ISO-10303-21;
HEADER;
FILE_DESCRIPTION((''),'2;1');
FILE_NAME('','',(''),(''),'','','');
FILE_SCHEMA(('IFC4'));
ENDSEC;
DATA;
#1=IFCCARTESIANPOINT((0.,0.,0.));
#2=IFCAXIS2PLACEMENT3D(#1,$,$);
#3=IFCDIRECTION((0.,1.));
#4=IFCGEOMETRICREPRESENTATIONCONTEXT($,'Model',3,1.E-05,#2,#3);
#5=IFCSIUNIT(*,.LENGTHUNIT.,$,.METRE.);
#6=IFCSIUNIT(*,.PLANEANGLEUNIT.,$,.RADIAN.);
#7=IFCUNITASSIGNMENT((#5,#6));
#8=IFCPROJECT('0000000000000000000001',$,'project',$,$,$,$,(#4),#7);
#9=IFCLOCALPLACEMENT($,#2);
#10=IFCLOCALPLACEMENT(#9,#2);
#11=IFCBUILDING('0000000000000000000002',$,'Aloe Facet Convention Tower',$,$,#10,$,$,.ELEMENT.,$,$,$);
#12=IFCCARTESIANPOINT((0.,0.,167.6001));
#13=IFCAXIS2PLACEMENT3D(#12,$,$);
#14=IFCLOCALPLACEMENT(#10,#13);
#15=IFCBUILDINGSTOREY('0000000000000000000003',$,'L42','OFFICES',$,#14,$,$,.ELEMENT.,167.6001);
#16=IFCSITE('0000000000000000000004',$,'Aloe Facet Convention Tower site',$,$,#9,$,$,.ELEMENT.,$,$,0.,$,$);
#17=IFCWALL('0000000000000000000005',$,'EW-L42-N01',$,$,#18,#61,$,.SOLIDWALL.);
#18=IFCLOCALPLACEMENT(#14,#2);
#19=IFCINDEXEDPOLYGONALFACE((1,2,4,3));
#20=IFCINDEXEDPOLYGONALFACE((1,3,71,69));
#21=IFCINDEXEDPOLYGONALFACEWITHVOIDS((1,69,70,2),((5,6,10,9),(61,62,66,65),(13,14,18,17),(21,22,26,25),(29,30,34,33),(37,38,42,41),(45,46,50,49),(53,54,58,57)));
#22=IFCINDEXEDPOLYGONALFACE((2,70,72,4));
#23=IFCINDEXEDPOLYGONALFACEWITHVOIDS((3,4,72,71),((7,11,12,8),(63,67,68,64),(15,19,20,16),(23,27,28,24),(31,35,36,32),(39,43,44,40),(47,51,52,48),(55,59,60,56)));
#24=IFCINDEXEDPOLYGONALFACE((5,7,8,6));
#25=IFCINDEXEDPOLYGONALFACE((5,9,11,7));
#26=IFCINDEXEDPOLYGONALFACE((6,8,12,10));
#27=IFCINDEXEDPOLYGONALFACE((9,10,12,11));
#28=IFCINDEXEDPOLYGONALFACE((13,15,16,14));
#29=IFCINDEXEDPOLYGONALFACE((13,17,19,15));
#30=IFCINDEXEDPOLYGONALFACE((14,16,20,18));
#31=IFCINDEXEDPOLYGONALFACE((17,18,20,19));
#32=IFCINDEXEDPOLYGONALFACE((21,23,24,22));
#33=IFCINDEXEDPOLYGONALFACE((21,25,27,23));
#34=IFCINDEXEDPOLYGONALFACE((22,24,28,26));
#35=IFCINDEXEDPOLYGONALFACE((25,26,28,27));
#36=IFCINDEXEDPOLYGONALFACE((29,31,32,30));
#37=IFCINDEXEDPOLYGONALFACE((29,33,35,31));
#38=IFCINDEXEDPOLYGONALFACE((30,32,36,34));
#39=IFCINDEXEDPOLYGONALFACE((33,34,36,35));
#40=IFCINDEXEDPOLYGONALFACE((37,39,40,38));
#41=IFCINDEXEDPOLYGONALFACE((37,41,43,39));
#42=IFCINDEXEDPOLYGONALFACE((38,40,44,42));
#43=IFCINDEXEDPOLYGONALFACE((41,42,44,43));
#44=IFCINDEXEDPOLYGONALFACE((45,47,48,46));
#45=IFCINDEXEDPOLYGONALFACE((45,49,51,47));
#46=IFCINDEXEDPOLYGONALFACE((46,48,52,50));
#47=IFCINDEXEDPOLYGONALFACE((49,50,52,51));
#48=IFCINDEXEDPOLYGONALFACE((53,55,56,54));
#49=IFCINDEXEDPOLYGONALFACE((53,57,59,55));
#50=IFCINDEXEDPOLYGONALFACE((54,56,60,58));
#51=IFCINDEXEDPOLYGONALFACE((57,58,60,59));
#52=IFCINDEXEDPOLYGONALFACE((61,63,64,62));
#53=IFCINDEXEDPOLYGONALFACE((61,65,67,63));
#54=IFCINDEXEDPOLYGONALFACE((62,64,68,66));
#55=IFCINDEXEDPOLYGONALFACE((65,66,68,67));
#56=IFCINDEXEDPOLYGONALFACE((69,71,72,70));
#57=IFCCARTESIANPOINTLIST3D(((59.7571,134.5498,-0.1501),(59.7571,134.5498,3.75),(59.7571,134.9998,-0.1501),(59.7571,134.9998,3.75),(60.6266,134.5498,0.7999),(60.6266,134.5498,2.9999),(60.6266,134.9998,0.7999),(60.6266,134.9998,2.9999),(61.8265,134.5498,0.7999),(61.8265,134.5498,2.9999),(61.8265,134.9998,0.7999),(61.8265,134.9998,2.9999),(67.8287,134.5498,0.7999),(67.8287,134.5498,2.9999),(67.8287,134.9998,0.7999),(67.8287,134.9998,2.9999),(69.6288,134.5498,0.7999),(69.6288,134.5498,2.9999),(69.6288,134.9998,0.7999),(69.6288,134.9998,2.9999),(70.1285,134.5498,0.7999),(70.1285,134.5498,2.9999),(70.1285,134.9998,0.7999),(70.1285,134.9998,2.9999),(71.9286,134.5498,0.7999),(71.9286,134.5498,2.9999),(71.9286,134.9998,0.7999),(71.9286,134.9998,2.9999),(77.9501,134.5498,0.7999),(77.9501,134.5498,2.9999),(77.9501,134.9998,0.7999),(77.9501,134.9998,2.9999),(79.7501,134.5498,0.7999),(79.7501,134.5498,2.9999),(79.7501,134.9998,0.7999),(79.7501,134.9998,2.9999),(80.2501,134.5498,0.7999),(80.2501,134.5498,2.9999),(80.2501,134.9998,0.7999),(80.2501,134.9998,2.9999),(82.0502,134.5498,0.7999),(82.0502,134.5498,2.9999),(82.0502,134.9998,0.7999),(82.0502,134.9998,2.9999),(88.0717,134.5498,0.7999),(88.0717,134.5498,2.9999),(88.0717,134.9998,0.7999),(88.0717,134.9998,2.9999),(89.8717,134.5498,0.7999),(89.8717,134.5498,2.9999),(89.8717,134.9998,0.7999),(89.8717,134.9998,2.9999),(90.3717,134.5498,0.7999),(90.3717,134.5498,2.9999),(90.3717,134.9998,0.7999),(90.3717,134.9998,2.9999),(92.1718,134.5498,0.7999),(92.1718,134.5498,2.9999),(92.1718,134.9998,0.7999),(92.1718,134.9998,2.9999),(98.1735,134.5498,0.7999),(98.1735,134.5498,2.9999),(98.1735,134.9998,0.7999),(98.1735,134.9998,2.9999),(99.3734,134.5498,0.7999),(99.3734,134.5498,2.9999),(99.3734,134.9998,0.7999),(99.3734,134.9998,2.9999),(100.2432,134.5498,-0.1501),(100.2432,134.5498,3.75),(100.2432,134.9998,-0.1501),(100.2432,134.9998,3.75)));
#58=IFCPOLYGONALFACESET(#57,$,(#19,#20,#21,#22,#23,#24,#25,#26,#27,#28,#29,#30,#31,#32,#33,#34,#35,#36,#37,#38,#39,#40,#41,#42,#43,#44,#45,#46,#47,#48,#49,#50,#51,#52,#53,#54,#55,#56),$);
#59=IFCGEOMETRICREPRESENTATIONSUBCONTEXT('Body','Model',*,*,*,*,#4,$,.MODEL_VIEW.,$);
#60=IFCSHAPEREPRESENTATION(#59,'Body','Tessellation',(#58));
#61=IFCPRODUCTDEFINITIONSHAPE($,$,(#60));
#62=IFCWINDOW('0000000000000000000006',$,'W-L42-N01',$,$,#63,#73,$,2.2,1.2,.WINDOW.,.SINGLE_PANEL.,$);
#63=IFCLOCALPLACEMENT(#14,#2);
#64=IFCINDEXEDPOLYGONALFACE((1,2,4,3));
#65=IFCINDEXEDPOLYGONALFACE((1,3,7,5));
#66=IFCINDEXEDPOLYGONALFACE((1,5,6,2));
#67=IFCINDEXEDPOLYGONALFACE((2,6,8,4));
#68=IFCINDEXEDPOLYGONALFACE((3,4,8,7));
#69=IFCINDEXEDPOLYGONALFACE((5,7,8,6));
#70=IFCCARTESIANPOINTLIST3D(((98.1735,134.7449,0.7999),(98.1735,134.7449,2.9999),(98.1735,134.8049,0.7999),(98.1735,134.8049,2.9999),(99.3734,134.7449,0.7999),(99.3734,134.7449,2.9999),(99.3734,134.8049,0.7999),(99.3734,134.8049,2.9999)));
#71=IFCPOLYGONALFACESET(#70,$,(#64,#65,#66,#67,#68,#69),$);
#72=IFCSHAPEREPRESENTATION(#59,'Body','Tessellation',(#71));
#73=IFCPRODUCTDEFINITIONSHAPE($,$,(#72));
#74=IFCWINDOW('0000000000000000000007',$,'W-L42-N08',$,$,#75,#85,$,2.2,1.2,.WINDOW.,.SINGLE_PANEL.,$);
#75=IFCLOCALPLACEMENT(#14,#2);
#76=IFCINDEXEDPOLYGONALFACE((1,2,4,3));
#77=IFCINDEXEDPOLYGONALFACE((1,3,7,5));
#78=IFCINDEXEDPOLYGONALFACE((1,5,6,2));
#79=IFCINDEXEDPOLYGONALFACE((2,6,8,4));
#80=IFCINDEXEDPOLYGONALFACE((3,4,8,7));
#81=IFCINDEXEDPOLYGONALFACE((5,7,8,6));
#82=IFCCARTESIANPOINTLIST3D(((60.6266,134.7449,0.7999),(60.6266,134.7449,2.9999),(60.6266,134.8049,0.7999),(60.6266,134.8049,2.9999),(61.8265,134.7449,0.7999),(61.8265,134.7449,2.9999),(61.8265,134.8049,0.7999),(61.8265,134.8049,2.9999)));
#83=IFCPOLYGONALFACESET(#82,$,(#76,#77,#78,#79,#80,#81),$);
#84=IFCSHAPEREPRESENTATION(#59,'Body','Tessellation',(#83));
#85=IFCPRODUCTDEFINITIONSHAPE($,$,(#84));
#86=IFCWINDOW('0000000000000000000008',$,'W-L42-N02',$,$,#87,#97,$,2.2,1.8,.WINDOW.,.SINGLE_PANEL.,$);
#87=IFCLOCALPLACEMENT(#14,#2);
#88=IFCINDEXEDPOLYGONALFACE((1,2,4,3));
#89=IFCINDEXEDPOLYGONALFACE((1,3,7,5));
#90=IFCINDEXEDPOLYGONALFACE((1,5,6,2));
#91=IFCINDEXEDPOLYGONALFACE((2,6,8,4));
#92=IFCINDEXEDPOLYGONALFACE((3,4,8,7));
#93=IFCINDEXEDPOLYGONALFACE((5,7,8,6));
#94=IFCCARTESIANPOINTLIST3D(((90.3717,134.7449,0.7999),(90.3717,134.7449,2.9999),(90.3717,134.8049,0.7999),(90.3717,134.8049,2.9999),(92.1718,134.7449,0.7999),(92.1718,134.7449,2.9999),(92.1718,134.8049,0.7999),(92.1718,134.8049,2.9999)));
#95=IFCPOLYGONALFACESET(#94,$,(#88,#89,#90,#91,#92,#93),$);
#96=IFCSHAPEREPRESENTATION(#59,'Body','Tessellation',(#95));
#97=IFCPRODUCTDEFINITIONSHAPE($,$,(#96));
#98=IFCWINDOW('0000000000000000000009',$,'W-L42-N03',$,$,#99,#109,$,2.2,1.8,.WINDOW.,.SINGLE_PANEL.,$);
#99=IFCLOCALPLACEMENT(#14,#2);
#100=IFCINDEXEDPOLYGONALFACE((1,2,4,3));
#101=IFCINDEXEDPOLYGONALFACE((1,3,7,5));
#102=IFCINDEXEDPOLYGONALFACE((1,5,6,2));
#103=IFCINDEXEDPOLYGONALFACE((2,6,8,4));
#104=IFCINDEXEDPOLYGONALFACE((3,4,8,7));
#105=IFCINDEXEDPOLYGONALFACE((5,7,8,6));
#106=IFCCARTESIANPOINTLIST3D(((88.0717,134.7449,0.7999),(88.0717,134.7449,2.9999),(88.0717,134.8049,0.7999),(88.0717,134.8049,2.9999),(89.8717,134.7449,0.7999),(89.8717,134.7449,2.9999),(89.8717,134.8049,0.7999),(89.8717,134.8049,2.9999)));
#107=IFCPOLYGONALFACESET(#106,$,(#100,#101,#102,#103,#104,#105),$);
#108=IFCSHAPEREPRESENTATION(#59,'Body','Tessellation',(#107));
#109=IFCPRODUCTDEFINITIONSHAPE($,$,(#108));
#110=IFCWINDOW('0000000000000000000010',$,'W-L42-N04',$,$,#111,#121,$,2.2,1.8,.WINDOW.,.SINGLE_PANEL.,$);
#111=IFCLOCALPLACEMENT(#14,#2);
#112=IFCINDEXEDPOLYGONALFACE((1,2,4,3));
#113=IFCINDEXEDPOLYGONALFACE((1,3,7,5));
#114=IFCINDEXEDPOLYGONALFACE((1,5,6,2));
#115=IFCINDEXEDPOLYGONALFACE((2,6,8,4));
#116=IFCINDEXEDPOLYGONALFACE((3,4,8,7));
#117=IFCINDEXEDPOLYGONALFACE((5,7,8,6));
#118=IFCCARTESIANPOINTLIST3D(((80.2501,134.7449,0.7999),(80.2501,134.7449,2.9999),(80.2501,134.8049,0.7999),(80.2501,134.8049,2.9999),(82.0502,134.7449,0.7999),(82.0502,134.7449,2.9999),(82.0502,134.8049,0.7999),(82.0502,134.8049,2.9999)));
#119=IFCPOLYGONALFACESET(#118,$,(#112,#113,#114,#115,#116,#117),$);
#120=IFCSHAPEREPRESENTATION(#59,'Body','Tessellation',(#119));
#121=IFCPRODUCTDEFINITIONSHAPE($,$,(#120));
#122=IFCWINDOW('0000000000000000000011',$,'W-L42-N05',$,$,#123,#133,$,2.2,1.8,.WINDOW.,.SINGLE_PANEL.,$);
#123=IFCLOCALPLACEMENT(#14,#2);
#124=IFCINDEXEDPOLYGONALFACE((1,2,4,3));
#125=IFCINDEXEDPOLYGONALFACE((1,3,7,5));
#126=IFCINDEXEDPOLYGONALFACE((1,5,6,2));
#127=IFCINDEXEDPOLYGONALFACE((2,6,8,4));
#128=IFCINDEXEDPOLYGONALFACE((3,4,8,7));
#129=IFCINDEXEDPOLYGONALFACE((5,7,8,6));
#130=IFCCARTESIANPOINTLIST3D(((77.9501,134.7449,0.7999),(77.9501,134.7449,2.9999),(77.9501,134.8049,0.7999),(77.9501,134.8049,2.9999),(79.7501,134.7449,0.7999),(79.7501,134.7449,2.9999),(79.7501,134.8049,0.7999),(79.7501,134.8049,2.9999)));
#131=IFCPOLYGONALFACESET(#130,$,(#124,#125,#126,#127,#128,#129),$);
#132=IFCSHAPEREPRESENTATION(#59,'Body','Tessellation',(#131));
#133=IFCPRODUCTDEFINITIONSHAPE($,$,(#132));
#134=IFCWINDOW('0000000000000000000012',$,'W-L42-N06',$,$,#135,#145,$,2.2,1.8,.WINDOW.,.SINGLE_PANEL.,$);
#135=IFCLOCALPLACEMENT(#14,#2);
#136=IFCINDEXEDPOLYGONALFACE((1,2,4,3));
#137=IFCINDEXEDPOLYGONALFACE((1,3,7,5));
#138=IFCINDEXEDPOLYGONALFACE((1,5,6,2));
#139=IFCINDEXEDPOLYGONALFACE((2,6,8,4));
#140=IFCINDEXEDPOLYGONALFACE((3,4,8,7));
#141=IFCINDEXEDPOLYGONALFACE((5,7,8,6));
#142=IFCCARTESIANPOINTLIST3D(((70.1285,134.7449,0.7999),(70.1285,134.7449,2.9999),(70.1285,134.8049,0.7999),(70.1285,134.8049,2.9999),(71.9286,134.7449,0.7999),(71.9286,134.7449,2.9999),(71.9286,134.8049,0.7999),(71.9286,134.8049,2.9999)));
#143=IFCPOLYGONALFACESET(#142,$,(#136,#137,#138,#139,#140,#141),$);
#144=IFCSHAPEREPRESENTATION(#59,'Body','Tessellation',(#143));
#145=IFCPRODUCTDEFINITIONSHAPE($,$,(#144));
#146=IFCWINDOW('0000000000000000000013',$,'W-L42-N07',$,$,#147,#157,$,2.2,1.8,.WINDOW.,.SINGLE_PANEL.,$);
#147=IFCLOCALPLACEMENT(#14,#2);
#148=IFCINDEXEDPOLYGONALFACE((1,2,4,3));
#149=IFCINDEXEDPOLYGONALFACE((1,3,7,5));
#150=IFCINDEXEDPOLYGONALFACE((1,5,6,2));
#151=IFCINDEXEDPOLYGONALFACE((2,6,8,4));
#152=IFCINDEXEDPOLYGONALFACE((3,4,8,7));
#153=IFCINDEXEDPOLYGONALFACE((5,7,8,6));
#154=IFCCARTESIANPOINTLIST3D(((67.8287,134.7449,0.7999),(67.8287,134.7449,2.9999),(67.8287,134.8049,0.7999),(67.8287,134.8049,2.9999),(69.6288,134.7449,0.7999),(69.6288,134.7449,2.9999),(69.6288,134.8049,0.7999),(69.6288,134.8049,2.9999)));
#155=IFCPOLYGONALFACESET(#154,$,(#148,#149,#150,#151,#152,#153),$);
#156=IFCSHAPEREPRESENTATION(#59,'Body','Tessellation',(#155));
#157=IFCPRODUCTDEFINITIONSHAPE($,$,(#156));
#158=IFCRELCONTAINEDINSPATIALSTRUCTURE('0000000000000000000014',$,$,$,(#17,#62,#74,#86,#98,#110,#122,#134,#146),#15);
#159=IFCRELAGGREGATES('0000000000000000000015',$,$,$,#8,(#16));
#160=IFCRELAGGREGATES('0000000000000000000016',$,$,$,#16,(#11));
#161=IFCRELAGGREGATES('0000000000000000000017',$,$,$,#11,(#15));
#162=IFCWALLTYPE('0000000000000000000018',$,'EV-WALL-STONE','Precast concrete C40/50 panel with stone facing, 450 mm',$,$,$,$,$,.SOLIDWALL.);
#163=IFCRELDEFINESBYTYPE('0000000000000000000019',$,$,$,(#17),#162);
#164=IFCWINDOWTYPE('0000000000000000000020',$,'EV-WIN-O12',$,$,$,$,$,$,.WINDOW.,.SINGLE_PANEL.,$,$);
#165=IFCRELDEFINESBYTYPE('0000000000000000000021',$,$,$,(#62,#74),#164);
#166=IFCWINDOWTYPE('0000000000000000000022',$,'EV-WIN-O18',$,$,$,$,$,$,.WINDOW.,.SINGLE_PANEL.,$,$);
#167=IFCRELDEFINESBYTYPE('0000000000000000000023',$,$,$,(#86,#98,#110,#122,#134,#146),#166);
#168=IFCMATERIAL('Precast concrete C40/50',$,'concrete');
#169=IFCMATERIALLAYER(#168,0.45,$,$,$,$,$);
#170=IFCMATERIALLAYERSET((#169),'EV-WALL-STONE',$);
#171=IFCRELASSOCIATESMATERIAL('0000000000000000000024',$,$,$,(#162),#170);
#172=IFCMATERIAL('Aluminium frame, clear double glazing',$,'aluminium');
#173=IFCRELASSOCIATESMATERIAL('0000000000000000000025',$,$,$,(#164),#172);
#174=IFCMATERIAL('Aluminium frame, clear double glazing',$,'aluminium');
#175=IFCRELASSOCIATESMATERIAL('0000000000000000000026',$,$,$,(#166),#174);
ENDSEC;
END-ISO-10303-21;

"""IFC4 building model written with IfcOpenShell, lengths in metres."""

from ifc_helpers import new_model, si_unit, direction, frame, frame_2d, origin, place, context, subcontext, project, spatial, polyline, rectangle, outline, extrude, material, layer, layer_set, type_object, element, fill, save


model = new_model("IFC4")

# Units and contexts
model_context = context("Model", 3, precision=1e-05, world=origin(), true_north=direction((0.0, 1.0)))
body_context = subcontext(model_context, "Body", "Model", "MODEL_VIEW")
ifc_project = project(units=[si_unit("LENGTHUNIT", "METRE"), si_unit("PLANEANGLEUNIT", "RADIAN")], contexts=[model_context])

# Site, building, storey
site_placement = place(None, origin())
site = spatial("IfcSite", under=ifc_project, at=site_placement, Name="Aloe Facet Convention Tower site", CompositionType="ELEMENT", RefElevation=0.0)
building_placement = place(site_placement, origin())
building = spatial("IfcBuilding", under=site, at=building_placement, Name="Aloe Facet Convention Tower", CompositionType="ELEMENT")
storey_placement = place(building_placement, frame((0.0, 0.0, 167.6001)))
storey = spatial("IfcBuildingStorey", under=building, at=storey_placement, Name="L42", Description="OFFICES", CompositionType="ELEMENT", Elevation=167.6001)

# Wall, openings, windows
ifc_material_1 = material(Name="Precast concrete C40/50", Category="concrete")
ifc_layer_1 = layer(ifc_material_1, 0.45)
ifc_layer_set_1 = layer_set([ifc_layer_1], Name="EV-WALL-STONE")
wall_type_1 = type_object("IfcWallType", Name="EV-WALL-STONE", Description="Precast concrete C40/50 panel with stone facing, 450 mm", PredefinedType="SOLIDWALL", material=ifc_layer_set_1)
wall_1_placement = place(storey_placement, frame((100.2432, 134.7749, -0.1501), z_axis=(0.0, 0.0, 1.0), x_axis=(-1.0, 0.0, 0.0)))
wall_1 = element("IfcWall", 1, at=wall_1_placement, inside=storey, type_object=wall_type_1, Name="EW-L42-N01", PredefinedType="SOLIDWALL", context=body_context, shape_type="SweptSolid", body=[
    extrude(outline(polyline([(40.4861, 0.0), (40.4861, 3.9001), (0.0, 3.9001), (0.0, 0.0), (40.4861, 0.0)])), frame((0.0, 0.2251, 0.0), z_axis=(0.0, -1.0, 0.0), x_axis=(1.0, 0.0, 0.0)), (0.0, 0.0, 1.0), 0.45),
])
opening_1_placement = place(wall_1_placement, frame((0.8696, 0.0, 0.95)))
opening_1 = element("IfcOpeningElement", 2, at=opening_1_placement, cuts=wall_1, PredefinedType="OPENING", context=body_context, shape_type="SweptSolid", body=[
    extrude(rectangle(XDim=1.2, YDim=2.2, at=frame_2d((0.6001, 1.1001))), frame((0.0, 0.2349, 0.0), z_axis=(0.0, -1.0, 0.0), x_axis=(1.0, 0.0, 0.0)), (0.0, 0.0, 1.0), 0.47),
])
opening_2_placement = place(wall_1_placement, frame((8.0715, 0.0, 0.95)))
opening_2 = element("IfcOpeningElement", 3, at=opening_2_placement, cuts=wall_1, PredefinedType="OPENING", context=body_context, shape_type="SweptSolid", body=[
    extrude(rectangle(XDim=1.8, YDim=2.2, at=frame_2d((0.8999, 1.1001))), frame((0.0, 0.2349, 0.0), z_axis=(0.0, -1.0, 0.0), x_axis=(1.0, 0.0, 0.0)), (0.0, 0.0, 1.0), 0.47),
])
opening_3_placement = place(wall_1_placement, frame((10.3716, 0.0, 0.95)))
opening_3 = element("IfcOpeningElement", 4, at=opening_3_placement, cuts=wall_1, PredefinedType="OPENING", context=body_context, shape_type="SweptSolid", body=[
    extrude(rectangle(XDim=1.8, YDim=2.2, at=frame_2d((0.8999, 1.1001))), frame((0.0, 0.2349, 0.0), z_axis=(0.0, -1.0, 0.0), x_axis=(1.0, 0.0, 0.0)), (0.0, 0.0, 1.0), 0.47),
])
opening_4_placement = place(wall_1_placement, frame((18.1931, 0.0, 0.95)))
opening_4 = element("IfcOpeningElement", 5, at=opening_4_placement, cuts=wall_1, PredefinedType="OPENING", context=body_context, shape_type="SweptSolid", body=[
    extrude(rectangle(XDim=1.8, YDim=2.2, at=frame_2d((0.8999, 1.1001))), frame((0.0, 0.2349, 0.0), z_axis=(0.0, -1.0, 0.0), x_axis=(1.0, 0.0, 0.0)), (0.0, 0.0, 1.0), 0.47),
])
opening_5_placement = place(wall_1_placement, frame((20.4932, 0.0, 0.95)))
opening_5 = element("IfcOpeningElement", 6, at=opening_5_placement, cuts=wall_1, PredefinedType="OPENING", context=body_context, shape_type="SweptSolid", body=[
    extrude(rectangle(XDim=1.8, YDim=2.2, at=frame_2d((0.8999, 1.1001))), frame((0.0, 0.2349, 0.0), z_axis=(0.0, -1.0, 0.0), x_axis=(1.0, 0.0, 0.0)), (0.0, 0.0, 1.0), 0.47),
])
opening_6_placement = place(wall_1_placement, frame((28.3147, 0.0, 0.95)))
opening_6 = element("IfcOpeningElement", 7, at=opening_6_placement, cuts=wall_1, PredefinedType="OPENING", context=body_context, shape_type="SweptSolid", body=[
    extrude(rectangle(XDim=1.8, YDim=2.2, at=frame_2d((0.8999, 1.1001))), frame((0.0, 0.2349, 0.0), z_axis=(0.0, -1.0, 0.0), x_axis=(1.0, 0.0, 0.0)), (0.0, 0.0, 1.0), 0.47),
])
opening_7_placement = place(wall_1_placement, frame((30.6145, 0.0, 0.95)))
opening_7 = element("IfcOpeningElement", 8, at=opening_7_placement, cuts=wall_1, PredefinedType="OPENING", context=body_context, shape_type="SweptSolid", body=[
    extrude(rectangle(XDim=1.8, YDim=2.2, at=frame_2d((0.8999, 1.1001))), frame((0.0, 0.2349, 0.0), z_axis=(0.0, -1.0, 0.0), x_axis=(1.0, 0.0, 0.0)), (0.0, 0.0, 1.0), 0.47),
])
opening_8_placement = place(wall_1_placement, frame((38.4165, 0.0, 0.95)))
opening_8 = element("IfcOpeningElement", 9, at=opening_8_placement, cuts=wall_1, PredefinedType="OPENING", context=body_context, shape_type="SweptSolid", body=[
    extrude(rectangle(XDim=1.2, YDim=2.2, at=frame_2d((0.6001, 1.1001))), frame((0.0, 0.2349, 0.0), z_axis=(0.0, -1.0, 0.0), x_axis=(1.0, 0.0, 0.0)), (0.0, 0.0, 1.0), 0.47),
])
ifc_material_2 = material(Name="Aluminium frame, clear double glazing", Category="aluminium")
window_type_1 = type_object("IfcWindowType", Name="EV-WIN-O12", PartitioningType="SINGLE_PANEL", PredefinedType="WINDOW", material=ifc_material_2)
window_1_placement = place(opening_1_placement, origin())
window_1 = element("IfcWindow", 10, at=window_1_placement, inside=storey, type_object=window_type_1, Name="W-L42-N01", OverallHeight=2.2, OverallWidth=1.2, PartitioningType="SINGLE_PANEL", PredefinedType="WINDOW", context=body_context, shape_type="SweptSolid", body=[
    extrude(rectangle(XDim=1.2, YDim=2.2, at=frame_2d((0.6001, 1.1001))), frame((0.0, 0.03, 0.0), z_axis=(0.0, -1.0, 0.0), x_axis=(1.0, 0.0, 0.0)), (0.0, 0.0, 1.0), 0.0601),
])
fill(opening_1, window_1)
window_2_placement = place(opening_8_placement, origin())
window_2 = element("IfcWindow", 11, at=window_2_placement, inside=storey, type_object=window_type_1, Name="W-L42-N08", OverallHeight=2.2, OverallWidth=1.2, PartitioningType="SINGLE_PANEL", PredefinedType="WINDOW", context=body_context, shape_type="SweptSolid", body=[
    extrude(rectangle(XDim=1.2, YDim=2.2, at=frame_2d((0.6001, 1.1001))), frame((0.0, 0.03, 0.0), z_axis=(0.0, -1.0, 0.0), x_axis=(1.0, 0.0, 0.0)), (0.0, 0.0, 1.0), 0.0601),
])
fill(opening_8, window_2)
ifc_material_3 = material(Name="Aluminium frame, clear double glazing", Category="aluminium")
window_type_2 = type_object("IfcWindowType", Name="EV-WIN-O18", PartitioningType="SINGLE_PANEL", PredefinedType="WINDOW", material=ifc_material_3)
window_3_placement = place(opening_2_placement, origin())
window_3 = element("IfcWindow", 12, at=window_3_placement, inside=storey, type_object=window_type_2, Name="W-L42-N02", OverallHeight=2.2, OverallWidth=1.8, PartitioningType="SINGLE_PANEL", PredefinedType="WINDOW", context=body_context, shape_type="SweptSolid", body=[
    extrude(rectangle(XDim=1.8, YDim=2.2, at=frame_2d((0.8999, 1.1001))), frame((0.0, 0.03, 0.0), z_axis=(0.0, -1.0, 0.0), x_axis=(1.0, 0.0, 0.0)), (0.0, 0.0, 1.0), 0.0601),
])
fill(opening_2, window_3)
window_4_placement = place(opening_3_placement, origin())
window_4 = element("IfcWindow", 13, at=window_4_placement, inside=storey, type_object=window_type_2, Name="W-L42-N03", OverallHeight=2.2, OverallWidth=1.8, PartitioningType="SINGLE_PANEL", PredefinedType="WINDOW", context=body_context, shape_type="SweptSolid", body=[
    extrude(rectangle(XDim=1.8, YDim=2.2, at=frame_2d((0.8999, 1.1001))), frame((0.0, 0.03, 0.0), z_axis=(0.0, -1.0, 0.0), x_axis=(1.0, 0.0, 0.0)), (0.0, 0.0, 1.0), 0.0601),
])
fill(opening_3, window_4)
window_5_placement = place(opening_4_placement, origin())
window_5 = element("IfcWindow", 14, at=window_5_placement, inside=storey, type_object=window_type_2, Name="W-L42-N04", OverallHeight=2.2, OverallWidth=1.8, PartitioningType="SINGLE_PANEL", PredefinedType="WINDOW", context=body_context, shape_type="SweptSolid", body=[
    extrude(rectangle(XDim=1.8, YDim=2.2, at=frame_2d((0.8999, 1.1001))), frame((0.0, 0.03, 0.0), z_axis=(0.0, -1.0, 0.0), x_axis=(1.0, 0.0, 0.0)), (0.0, 0.0, 1.0), 0.0601),
])
fill(opening_4, window_5)
window_6_placement = place(opening_5_placement, origin())
window_6 = element("IfcWindow", 15, at=window_6_placement, inside=storey, type_object=window_type_2, Name="W-L42-N05", OverallHeight=2.2, OverallWidth=1.8, PartitioningType="SINGLE_PANEL", PredefinedType="WINDOW", context=body_context, shape_type="SweptSolid", body=[
    extrude(rectangle(XDim=1.8, YDim=2.2, at=frame_2d((0.8999, 1.1001))), frame((0.0, 0.03, 0.0), z_axis=(0.0, -1.0, 0.0), x_axis=(1.0, 0.0, 0.0)), (0.0, 0.0, 1.0), 0.0601),
])
fill(opening_5, window_6)
window_7_placement = place(opening_6_placement, origin())
window_7 = element("IfcWindow", 16, at=window_7_placement, inside=storey, type_object=window_type_2, Name="W-L42-N06", OverallHeight=2.2, OverallWidth=1.8, PartitioningType="SINGLE_PANEL", PredefinedType="WINDOW", context=body_context, shape_type="SweptSolid", body=[
    extrude(rectangle(XDim=1.8, YDim=2.2, at=frame_2d((0.8999, 1.1001))), frame((0.0, 0.03, 0.0), z_axis=(0.0, -1.0, 0.0), x_axis=(1.0, 0.0, 0.0)), (0.0, 0.0, 1.0), 0.0601),
])
fill(opening_6, window_7)
window_8_placement = place(opening_7_placement, origin())
window_8 = element("IfcWindow", 17, at=window_8_placement, inside=storey, type_object=window_type_2, Name="W-L42-N07", OverallHeight=2.2, OverallWidth=1.8, PartitioningType="SINGLE_PANEL", PredefinedType="WINDOW", context=body_context, shape_type="SweptSolid", body=[
    extrude(rectangle(XDim=1.8, YDim=2.2, at=frame_2d((0.8999, 1.1001))), frame((0.0, 0.03, 0.0), z_axis=(0.0, -1.0, 0.0), x_axis=(1.0, 0.0, 0.0)), (0.0, 0.0, 1.0), 0.0601),
])
fill(opening_7, window_8)

save(model, "model.ifc")
